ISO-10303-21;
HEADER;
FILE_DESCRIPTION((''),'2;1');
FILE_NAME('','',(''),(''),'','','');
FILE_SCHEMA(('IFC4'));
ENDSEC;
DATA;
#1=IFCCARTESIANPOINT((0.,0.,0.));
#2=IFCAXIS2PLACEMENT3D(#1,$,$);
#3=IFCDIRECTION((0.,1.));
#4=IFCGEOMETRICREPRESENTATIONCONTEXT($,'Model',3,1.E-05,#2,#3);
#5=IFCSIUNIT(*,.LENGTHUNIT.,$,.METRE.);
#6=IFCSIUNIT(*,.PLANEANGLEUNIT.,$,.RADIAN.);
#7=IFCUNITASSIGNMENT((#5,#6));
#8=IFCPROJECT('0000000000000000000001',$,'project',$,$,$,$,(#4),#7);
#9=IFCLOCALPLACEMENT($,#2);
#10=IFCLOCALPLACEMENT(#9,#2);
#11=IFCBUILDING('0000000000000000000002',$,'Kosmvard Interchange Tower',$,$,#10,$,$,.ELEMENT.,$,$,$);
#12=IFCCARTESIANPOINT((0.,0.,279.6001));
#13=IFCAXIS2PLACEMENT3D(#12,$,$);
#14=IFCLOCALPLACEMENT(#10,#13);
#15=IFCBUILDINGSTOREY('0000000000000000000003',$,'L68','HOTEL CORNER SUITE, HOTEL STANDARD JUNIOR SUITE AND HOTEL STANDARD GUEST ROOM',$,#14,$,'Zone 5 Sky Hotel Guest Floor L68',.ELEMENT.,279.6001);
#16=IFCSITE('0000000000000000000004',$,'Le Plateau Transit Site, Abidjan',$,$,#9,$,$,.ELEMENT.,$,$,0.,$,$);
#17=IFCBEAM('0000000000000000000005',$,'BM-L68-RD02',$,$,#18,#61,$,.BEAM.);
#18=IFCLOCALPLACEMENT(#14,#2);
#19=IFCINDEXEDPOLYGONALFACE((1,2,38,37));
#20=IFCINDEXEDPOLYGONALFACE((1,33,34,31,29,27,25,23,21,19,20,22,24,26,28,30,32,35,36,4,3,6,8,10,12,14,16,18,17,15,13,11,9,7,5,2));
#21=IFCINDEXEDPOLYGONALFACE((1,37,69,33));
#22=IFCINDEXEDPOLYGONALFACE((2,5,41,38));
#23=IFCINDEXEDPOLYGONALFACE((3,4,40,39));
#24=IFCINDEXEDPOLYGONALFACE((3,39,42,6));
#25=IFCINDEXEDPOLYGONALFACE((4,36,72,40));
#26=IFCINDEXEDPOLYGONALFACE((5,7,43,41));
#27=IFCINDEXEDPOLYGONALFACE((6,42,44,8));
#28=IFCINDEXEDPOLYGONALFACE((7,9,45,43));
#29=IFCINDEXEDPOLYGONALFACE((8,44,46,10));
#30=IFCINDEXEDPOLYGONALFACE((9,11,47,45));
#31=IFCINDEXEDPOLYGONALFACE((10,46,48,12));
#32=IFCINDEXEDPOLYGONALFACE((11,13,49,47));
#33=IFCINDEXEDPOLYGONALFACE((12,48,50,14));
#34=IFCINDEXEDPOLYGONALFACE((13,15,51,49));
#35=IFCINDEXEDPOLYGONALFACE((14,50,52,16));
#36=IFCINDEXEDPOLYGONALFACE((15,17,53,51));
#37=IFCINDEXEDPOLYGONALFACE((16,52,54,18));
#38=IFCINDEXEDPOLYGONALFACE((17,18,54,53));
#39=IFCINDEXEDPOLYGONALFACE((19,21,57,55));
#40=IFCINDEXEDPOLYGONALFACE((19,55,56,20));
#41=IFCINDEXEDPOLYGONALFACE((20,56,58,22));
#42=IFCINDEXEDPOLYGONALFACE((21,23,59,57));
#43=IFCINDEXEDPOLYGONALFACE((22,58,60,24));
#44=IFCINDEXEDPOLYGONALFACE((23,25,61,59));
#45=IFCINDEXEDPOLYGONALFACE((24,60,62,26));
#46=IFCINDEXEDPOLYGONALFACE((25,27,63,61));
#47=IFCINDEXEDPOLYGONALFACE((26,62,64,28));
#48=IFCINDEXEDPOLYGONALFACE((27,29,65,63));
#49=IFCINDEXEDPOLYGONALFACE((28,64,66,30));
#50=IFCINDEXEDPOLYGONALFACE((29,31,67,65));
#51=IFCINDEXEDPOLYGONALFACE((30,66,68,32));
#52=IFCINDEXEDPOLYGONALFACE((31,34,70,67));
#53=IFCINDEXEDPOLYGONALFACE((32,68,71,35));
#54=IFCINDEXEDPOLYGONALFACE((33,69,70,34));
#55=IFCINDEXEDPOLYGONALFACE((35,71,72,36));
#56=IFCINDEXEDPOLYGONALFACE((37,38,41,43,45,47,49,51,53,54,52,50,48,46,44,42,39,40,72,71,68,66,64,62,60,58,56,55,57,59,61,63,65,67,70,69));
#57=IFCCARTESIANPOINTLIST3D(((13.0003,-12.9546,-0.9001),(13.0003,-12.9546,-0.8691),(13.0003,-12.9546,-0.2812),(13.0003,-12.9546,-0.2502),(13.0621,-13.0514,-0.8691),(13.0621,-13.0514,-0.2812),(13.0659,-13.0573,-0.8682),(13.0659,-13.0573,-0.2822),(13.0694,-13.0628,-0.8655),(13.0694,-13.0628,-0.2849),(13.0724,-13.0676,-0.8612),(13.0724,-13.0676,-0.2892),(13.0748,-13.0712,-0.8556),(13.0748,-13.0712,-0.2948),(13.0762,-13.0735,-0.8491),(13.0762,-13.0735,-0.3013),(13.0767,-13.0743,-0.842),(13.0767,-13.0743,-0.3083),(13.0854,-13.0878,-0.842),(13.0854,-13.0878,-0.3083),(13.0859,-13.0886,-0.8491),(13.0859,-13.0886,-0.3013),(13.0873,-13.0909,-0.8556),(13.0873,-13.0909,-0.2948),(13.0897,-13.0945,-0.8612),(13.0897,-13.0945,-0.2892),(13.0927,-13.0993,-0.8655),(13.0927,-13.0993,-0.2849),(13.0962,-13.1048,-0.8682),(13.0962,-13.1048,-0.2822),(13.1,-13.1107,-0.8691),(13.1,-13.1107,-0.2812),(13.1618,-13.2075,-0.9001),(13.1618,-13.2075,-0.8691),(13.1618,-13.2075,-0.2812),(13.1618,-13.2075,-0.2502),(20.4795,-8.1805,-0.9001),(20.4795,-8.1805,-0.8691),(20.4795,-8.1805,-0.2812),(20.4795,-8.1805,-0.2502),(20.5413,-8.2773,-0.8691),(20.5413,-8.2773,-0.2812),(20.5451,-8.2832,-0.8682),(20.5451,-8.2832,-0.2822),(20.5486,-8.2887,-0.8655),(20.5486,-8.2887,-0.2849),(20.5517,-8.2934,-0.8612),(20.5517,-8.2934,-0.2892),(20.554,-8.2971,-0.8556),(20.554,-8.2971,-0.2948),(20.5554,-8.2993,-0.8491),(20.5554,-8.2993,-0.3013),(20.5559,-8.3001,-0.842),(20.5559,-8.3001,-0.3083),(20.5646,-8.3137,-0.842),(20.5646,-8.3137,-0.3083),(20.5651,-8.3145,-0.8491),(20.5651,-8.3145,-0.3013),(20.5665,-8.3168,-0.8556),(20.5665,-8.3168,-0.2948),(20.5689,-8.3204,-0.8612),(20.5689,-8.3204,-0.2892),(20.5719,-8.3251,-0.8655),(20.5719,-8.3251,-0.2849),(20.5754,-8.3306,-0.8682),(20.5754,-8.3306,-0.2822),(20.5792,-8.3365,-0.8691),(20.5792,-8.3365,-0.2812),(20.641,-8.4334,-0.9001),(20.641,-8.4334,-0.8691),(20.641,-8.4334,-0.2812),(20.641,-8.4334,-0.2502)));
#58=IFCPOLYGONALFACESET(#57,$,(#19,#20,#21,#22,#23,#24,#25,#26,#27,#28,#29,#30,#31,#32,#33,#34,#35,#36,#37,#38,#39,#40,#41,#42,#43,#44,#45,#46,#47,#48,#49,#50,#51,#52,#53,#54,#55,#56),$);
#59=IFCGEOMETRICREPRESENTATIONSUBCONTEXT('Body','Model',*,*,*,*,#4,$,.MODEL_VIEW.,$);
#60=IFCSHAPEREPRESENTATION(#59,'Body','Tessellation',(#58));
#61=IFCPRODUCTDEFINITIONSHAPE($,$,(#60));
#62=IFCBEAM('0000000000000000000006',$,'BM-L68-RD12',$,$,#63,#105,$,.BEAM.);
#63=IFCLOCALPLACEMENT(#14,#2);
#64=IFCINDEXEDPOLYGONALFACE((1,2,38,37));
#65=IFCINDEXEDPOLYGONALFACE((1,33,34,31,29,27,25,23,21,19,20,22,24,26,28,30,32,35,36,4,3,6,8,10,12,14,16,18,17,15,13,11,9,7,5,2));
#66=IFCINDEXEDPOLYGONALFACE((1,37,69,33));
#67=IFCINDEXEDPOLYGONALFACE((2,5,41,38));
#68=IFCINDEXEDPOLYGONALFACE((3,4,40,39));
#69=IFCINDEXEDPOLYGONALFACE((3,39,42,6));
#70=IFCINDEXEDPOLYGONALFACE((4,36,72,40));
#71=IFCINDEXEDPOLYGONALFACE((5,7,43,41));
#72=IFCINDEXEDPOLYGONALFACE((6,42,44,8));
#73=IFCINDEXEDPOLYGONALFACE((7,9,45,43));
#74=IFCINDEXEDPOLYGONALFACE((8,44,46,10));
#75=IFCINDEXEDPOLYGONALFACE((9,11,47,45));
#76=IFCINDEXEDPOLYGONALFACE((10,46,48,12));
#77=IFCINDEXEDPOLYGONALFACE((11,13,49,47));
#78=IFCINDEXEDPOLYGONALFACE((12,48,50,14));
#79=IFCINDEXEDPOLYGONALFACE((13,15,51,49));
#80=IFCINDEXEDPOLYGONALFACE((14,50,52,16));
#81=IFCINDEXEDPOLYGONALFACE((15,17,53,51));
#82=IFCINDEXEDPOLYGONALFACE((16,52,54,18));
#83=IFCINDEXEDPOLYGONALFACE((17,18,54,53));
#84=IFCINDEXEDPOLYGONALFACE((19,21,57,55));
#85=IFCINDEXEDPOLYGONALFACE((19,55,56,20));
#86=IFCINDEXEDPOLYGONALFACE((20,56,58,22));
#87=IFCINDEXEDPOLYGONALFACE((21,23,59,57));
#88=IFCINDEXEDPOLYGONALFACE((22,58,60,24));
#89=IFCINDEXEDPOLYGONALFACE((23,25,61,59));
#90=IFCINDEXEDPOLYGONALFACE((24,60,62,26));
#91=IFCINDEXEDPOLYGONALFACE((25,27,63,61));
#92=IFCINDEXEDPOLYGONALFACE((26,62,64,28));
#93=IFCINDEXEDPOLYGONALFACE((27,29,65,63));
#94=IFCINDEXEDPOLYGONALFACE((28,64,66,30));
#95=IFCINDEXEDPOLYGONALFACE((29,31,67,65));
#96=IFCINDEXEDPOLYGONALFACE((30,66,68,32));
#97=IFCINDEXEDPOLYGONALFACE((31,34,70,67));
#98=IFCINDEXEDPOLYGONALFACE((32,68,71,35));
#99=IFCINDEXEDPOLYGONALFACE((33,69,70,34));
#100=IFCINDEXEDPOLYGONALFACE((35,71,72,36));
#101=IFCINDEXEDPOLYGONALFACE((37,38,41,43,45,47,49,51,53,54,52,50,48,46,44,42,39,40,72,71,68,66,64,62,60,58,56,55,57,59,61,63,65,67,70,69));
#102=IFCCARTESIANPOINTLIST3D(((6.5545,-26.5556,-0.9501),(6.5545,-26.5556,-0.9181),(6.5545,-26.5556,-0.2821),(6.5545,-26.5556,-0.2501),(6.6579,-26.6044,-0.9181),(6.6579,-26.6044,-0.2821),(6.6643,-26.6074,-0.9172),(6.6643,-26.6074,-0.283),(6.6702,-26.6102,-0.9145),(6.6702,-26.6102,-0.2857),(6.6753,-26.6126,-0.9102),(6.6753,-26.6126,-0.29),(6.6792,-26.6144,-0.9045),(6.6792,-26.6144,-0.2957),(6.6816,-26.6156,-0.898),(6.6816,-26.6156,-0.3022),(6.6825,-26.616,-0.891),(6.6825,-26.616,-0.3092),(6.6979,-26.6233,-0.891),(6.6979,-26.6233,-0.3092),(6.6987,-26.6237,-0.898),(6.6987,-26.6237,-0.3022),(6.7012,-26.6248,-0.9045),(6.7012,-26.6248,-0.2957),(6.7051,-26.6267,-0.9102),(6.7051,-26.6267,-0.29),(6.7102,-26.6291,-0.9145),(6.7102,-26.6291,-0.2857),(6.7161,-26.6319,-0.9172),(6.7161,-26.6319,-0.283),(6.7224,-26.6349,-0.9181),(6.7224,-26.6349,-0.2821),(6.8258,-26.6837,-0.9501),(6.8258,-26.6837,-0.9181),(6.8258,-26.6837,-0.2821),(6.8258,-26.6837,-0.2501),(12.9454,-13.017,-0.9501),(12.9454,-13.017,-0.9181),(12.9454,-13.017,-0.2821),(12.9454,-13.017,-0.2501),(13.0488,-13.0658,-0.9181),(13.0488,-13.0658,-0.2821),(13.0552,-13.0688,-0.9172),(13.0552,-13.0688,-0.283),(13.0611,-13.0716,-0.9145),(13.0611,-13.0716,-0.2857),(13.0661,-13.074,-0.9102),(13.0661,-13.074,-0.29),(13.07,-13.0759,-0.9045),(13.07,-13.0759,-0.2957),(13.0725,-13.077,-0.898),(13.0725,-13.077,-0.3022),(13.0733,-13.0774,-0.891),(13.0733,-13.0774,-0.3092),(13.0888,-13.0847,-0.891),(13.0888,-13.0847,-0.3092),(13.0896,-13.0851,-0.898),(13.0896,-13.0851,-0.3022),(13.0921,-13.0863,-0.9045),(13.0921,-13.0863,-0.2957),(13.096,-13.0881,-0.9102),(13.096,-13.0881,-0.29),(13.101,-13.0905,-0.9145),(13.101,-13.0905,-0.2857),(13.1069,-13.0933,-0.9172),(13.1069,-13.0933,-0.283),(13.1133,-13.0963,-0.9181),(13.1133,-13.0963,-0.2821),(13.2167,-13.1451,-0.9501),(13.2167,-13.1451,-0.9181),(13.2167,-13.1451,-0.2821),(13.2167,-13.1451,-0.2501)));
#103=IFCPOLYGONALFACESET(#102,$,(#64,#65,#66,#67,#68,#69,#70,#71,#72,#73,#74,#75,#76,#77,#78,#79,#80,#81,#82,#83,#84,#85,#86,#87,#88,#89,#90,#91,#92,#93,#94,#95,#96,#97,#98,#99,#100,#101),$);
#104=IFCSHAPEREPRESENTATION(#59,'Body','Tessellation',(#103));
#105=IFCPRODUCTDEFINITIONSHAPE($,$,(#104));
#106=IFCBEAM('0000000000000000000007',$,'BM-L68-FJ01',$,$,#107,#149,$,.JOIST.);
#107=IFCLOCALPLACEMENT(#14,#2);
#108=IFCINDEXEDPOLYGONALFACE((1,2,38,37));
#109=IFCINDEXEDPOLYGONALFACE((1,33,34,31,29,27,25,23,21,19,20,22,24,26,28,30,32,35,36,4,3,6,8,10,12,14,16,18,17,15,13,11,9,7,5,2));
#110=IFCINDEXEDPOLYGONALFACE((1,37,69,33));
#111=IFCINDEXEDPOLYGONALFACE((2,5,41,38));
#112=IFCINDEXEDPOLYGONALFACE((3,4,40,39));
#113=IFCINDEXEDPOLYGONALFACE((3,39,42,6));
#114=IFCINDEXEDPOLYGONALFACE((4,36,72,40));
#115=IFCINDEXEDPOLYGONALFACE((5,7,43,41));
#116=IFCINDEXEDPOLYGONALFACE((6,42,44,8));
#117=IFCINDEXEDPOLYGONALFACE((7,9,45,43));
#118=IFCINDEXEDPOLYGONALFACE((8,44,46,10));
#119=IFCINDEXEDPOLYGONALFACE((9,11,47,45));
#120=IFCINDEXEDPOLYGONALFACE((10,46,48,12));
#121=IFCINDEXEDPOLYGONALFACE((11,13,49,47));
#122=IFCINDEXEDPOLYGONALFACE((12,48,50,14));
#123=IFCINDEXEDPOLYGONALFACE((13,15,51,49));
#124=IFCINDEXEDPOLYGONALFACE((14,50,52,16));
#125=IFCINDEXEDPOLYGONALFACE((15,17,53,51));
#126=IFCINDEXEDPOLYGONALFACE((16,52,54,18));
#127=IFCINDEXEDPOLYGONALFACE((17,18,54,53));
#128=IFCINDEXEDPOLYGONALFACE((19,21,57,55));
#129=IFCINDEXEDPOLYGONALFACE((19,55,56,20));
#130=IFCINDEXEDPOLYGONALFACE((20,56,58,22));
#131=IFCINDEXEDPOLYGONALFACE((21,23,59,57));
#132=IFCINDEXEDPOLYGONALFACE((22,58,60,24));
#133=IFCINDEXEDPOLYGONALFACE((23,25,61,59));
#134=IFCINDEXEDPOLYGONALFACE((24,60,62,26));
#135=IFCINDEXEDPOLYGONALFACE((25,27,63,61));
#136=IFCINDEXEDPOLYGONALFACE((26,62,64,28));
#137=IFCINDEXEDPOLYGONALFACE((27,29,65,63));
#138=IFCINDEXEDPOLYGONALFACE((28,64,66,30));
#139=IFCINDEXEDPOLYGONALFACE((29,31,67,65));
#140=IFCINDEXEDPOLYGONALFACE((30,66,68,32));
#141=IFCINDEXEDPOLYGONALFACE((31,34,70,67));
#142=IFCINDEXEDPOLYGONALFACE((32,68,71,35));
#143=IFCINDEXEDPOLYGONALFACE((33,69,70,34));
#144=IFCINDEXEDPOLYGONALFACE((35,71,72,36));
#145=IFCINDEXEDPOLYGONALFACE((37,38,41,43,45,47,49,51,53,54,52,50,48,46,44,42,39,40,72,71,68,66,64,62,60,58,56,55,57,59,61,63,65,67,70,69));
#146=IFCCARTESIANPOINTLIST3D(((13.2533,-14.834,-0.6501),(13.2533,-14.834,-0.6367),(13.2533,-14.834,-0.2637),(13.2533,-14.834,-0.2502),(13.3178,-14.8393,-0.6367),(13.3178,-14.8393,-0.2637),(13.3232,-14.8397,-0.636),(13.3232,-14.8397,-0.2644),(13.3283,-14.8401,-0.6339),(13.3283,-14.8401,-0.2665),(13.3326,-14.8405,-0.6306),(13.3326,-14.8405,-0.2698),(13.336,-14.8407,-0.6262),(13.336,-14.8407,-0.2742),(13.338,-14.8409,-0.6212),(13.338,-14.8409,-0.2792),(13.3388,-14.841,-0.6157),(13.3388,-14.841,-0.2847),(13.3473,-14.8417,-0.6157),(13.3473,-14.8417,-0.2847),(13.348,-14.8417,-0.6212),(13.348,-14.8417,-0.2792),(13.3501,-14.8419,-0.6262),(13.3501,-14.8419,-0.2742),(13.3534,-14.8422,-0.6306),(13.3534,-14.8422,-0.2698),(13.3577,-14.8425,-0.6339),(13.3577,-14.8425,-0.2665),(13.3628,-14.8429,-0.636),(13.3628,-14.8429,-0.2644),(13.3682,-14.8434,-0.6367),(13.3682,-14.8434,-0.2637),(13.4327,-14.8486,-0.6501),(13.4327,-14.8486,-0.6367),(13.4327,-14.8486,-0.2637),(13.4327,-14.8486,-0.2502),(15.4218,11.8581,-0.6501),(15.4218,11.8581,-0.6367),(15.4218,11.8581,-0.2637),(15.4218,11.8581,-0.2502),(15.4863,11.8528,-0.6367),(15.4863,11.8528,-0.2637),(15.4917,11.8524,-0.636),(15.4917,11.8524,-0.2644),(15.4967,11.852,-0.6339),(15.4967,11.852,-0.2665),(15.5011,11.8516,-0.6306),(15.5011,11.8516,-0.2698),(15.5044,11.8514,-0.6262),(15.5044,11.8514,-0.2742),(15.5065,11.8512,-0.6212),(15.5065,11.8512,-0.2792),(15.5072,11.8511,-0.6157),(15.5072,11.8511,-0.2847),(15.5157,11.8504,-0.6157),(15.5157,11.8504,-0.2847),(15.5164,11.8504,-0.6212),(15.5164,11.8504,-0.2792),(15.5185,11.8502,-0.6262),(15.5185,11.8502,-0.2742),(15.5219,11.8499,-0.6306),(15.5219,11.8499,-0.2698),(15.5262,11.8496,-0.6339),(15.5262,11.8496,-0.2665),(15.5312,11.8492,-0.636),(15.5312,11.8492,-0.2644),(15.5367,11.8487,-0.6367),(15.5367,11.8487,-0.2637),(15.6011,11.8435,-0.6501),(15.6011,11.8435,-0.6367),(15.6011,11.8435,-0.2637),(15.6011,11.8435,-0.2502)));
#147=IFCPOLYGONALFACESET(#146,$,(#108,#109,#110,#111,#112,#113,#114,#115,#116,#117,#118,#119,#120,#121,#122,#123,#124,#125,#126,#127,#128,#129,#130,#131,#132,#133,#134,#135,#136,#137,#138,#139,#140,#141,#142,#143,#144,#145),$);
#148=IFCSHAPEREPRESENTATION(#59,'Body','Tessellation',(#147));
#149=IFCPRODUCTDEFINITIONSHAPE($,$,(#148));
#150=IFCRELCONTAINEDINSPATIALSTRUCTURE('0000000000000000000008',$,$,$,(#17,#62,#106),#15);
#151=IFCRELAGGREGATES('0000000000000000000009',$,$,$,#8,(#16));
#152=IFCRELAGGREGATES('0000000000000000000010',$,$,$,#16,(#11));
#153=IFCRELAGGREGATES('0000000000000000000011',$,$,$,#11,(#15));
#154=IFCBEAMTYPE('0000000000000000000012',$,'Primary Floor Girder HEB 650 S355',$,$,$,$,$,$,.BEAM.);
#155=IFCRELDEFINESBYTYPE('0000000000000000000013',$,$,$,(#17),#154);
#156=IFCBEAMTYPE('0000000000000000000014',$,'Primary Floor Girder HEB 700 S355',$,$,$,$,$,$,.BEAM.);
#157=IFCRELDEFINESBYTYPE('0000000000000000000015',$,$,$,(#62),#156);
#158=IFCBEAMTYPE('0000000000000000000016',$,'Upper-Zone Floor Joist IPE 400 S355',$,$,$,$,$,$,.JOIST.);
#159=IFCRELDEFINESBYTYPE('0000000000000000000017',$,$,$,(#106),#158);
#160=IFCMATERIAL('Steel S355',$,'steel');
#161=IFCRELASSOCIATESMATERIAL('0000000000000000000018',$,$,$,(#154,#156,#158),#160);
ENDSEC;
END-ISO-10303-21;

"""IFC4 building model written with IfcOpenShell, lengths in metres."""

from ifc_helpers import new_model, si_unit, direction, frame, origin, origin_2d, place, context, subcontext, project, spatial, i_section, extrude, source, transform, mapped, material, material_profile, profile_set, type_object, element, save


model = new_model("IFC4")

# Units and contexts
model_context = context("Model", 3, precision=1e-05, world=origin(), true_north=direction((0.0, 1.0)))
body_context = subcontext(model_context, "Body", "Model", "MODEL_VIEW")
ifc_project = project(units=[si_unit("LENGTHUNIT", "METRE"), si_unit("PLANEANGLEUNIT", "RADIAN")], contexts=[model_context])

# Site, building, storey
site_placement = place(None, origin())
site = spatial("IfcSite", under=ifc_project, at=site_placement, Name="Le Plateau Transit Site, Abidjan", CompositionType="ELEMENT", RefElevation=0.0)
building_placement = place(site_placement, origin())
building = spatial("IfcBuilding", under=site, at=building_placement, Name="Kosmvard Interchange Tower", CompositionType="ELEMENT")
storey_placement = place(building_placement, frame((0.0, 0.0, 279.6001)))
storey = spatial("IfcBuildingStorey", under=building, at=storey_placement, Name="L68", Description="HOTEL CORNER SUITE, HOTEL STANDARD JUNIOR SUITE AND HOTEL STANDARD GUEST ROOM", LongName="Zone 5 Sky Hotel Guest Floor L68", CompositionType="ELEMENT", Elevation=279.6001)

# Beams
ifc_material_1 = material(Name="Steel S355", Category="steel")
ifc_material_profile_1 = material_profile(ifc_material_1, i_section(OverallWidth=0.3, OverallDepth=0.6499, WebThickness=0.0161, FlangeThickness=0.031, FilletRadius=0.0271, at=origin_2d()), Name="HEB 650")
ifc_profile_set_1 = profile_set([ifc_material_profile_1], Name="Steel S355")
beam_type_1 = type_object("IfcBeamType", Name="Primary Floor Girder HEB 650 S355", PredefinedType="BEAM", material=ifc_profile_set_1)
shared_shape_1 = source(origin(), body_context, "Body", "SweptSolid", [
    extrude(i_section(OverallWidth=0.3, OverallDepth=0.6499, WebThickness=0.0161, FlangeThickness=0.031, FilletRadius=0.0271, at=origin_2d()), origin(), (0.0, 0.0, 1.0), 8.873),
])
beam_1_placement = place(storey_placement, frame((13.0811, -13.0811, -0.5752), z_axis=(0.842913, 0.53805, 0.0), x_axis=(-0.53805, 0.842913, 0.0)))
element("IfcBeam", 1, at=beam_1_placement, inside=storey, type_object=beam_type_1, Name="BM-L68-RD02", PredefinedType="BEAM", context=body_context, shape_type="MappedRepresentation", body=[
    mapped(shared_shape_1, transform((0.0, 0.0, 0.0), scale=1.0)),
])
ifc_material_profile_2 = material_profile(ifc_material_1, i_section(OverallWidth=0.3, OverallDepth=0.7, WebThickness=0.0171, FlangeThickness=0.032, FilletRadius=0.0271, at=origin_2d()), Name="HEB 700")
ifc_profile_set_2 = profile_set([ifc_material_profile_2], Name="Steel S355")
beam_type_2 = type_object("IfcBeamType", Name="Primary Floor Girder HEB 700 S355", PredefinedType="BEAM", material=ifc_profile_set_2)
shared_shape_2 = source(origin(), body_context, "Body", "SweptSolid", [
    extrude(i_section(OverallWidth=0.3, OverallDepth=0.7, WebThickness=0.0171, FlangeThickness=0.032, FilletRadius=0.0271, at=origin_2d()), origin(), (0.0, 0.0, 1.0), 14.9712),
])
beam_2_placement = place(storey_placement, frame((13.0811, -13.0811, -0.6001), z_axis=(-0.426878, -0.904309, 0.0), x_axis=(0.904309, -0.426878, 0.0)))
element("IfcBeam", 2, at=beam_2_placement, inside=storey, type_object=beam_type_2, Name="BM-L68-RD12", PredefinedType="BEAM", context=body_context, shape_type="MappedRepresentation", body=[
    mapped(shared_shape_2, transform((0.0, 0.0, 0.0), scale=1.0)),
])
ifc_material_profile_3 = material_profile(ifc_material_1, i_section(OverallWidth=0.1799, OverallDepth=0.3999, WebThickness=0.0085, FlangeThickness=0.0134, FilletRadius=0.021, at=origin_2d()), Name="IPE 400")
ifc_profile_set_3 = profile_set([ifc_material_profile_3], Name="Steel S355")
beam_type_3 = type_object("IfcBeamType", Name="Upper-Zone Floor Joist IPE 400 S355", PredefinedType="JOIST", material=ifc_profile_set_3)
shared_shape_3 = source(origin(), body_context, "Body", "SweptSolid", [
    extrude(i_section(OverallWidth=0.1799, OverallDepth=0.3999, WebThickness=0.0085, FlangeThickness=0.0134, FilletRadius=0.021, at=origin_2d()), origin(), (0.0, 0.0, 1.0), 26.78),
])
beam_3_placement = place(storey_placement, frame((13.343, -14.8413, -0.4502), z_axis=(0.080973, 0.996716, 0.0), x_axis=(-0.996716, 0.080973, 0.0)))
element("IfcBeam", 3, at=beam_3_placement, inside=storey, type_object=beam_type_3, Name="BM-L68-FJ01", PredefinedType="JOIST", context=body_context, shape_type="MappedRepresentation", body=[
    mapped(shared_shape_3, transform((0.0, 0.0, 0.0), scale=1.0)),
])

save(model, "model.ifc")
